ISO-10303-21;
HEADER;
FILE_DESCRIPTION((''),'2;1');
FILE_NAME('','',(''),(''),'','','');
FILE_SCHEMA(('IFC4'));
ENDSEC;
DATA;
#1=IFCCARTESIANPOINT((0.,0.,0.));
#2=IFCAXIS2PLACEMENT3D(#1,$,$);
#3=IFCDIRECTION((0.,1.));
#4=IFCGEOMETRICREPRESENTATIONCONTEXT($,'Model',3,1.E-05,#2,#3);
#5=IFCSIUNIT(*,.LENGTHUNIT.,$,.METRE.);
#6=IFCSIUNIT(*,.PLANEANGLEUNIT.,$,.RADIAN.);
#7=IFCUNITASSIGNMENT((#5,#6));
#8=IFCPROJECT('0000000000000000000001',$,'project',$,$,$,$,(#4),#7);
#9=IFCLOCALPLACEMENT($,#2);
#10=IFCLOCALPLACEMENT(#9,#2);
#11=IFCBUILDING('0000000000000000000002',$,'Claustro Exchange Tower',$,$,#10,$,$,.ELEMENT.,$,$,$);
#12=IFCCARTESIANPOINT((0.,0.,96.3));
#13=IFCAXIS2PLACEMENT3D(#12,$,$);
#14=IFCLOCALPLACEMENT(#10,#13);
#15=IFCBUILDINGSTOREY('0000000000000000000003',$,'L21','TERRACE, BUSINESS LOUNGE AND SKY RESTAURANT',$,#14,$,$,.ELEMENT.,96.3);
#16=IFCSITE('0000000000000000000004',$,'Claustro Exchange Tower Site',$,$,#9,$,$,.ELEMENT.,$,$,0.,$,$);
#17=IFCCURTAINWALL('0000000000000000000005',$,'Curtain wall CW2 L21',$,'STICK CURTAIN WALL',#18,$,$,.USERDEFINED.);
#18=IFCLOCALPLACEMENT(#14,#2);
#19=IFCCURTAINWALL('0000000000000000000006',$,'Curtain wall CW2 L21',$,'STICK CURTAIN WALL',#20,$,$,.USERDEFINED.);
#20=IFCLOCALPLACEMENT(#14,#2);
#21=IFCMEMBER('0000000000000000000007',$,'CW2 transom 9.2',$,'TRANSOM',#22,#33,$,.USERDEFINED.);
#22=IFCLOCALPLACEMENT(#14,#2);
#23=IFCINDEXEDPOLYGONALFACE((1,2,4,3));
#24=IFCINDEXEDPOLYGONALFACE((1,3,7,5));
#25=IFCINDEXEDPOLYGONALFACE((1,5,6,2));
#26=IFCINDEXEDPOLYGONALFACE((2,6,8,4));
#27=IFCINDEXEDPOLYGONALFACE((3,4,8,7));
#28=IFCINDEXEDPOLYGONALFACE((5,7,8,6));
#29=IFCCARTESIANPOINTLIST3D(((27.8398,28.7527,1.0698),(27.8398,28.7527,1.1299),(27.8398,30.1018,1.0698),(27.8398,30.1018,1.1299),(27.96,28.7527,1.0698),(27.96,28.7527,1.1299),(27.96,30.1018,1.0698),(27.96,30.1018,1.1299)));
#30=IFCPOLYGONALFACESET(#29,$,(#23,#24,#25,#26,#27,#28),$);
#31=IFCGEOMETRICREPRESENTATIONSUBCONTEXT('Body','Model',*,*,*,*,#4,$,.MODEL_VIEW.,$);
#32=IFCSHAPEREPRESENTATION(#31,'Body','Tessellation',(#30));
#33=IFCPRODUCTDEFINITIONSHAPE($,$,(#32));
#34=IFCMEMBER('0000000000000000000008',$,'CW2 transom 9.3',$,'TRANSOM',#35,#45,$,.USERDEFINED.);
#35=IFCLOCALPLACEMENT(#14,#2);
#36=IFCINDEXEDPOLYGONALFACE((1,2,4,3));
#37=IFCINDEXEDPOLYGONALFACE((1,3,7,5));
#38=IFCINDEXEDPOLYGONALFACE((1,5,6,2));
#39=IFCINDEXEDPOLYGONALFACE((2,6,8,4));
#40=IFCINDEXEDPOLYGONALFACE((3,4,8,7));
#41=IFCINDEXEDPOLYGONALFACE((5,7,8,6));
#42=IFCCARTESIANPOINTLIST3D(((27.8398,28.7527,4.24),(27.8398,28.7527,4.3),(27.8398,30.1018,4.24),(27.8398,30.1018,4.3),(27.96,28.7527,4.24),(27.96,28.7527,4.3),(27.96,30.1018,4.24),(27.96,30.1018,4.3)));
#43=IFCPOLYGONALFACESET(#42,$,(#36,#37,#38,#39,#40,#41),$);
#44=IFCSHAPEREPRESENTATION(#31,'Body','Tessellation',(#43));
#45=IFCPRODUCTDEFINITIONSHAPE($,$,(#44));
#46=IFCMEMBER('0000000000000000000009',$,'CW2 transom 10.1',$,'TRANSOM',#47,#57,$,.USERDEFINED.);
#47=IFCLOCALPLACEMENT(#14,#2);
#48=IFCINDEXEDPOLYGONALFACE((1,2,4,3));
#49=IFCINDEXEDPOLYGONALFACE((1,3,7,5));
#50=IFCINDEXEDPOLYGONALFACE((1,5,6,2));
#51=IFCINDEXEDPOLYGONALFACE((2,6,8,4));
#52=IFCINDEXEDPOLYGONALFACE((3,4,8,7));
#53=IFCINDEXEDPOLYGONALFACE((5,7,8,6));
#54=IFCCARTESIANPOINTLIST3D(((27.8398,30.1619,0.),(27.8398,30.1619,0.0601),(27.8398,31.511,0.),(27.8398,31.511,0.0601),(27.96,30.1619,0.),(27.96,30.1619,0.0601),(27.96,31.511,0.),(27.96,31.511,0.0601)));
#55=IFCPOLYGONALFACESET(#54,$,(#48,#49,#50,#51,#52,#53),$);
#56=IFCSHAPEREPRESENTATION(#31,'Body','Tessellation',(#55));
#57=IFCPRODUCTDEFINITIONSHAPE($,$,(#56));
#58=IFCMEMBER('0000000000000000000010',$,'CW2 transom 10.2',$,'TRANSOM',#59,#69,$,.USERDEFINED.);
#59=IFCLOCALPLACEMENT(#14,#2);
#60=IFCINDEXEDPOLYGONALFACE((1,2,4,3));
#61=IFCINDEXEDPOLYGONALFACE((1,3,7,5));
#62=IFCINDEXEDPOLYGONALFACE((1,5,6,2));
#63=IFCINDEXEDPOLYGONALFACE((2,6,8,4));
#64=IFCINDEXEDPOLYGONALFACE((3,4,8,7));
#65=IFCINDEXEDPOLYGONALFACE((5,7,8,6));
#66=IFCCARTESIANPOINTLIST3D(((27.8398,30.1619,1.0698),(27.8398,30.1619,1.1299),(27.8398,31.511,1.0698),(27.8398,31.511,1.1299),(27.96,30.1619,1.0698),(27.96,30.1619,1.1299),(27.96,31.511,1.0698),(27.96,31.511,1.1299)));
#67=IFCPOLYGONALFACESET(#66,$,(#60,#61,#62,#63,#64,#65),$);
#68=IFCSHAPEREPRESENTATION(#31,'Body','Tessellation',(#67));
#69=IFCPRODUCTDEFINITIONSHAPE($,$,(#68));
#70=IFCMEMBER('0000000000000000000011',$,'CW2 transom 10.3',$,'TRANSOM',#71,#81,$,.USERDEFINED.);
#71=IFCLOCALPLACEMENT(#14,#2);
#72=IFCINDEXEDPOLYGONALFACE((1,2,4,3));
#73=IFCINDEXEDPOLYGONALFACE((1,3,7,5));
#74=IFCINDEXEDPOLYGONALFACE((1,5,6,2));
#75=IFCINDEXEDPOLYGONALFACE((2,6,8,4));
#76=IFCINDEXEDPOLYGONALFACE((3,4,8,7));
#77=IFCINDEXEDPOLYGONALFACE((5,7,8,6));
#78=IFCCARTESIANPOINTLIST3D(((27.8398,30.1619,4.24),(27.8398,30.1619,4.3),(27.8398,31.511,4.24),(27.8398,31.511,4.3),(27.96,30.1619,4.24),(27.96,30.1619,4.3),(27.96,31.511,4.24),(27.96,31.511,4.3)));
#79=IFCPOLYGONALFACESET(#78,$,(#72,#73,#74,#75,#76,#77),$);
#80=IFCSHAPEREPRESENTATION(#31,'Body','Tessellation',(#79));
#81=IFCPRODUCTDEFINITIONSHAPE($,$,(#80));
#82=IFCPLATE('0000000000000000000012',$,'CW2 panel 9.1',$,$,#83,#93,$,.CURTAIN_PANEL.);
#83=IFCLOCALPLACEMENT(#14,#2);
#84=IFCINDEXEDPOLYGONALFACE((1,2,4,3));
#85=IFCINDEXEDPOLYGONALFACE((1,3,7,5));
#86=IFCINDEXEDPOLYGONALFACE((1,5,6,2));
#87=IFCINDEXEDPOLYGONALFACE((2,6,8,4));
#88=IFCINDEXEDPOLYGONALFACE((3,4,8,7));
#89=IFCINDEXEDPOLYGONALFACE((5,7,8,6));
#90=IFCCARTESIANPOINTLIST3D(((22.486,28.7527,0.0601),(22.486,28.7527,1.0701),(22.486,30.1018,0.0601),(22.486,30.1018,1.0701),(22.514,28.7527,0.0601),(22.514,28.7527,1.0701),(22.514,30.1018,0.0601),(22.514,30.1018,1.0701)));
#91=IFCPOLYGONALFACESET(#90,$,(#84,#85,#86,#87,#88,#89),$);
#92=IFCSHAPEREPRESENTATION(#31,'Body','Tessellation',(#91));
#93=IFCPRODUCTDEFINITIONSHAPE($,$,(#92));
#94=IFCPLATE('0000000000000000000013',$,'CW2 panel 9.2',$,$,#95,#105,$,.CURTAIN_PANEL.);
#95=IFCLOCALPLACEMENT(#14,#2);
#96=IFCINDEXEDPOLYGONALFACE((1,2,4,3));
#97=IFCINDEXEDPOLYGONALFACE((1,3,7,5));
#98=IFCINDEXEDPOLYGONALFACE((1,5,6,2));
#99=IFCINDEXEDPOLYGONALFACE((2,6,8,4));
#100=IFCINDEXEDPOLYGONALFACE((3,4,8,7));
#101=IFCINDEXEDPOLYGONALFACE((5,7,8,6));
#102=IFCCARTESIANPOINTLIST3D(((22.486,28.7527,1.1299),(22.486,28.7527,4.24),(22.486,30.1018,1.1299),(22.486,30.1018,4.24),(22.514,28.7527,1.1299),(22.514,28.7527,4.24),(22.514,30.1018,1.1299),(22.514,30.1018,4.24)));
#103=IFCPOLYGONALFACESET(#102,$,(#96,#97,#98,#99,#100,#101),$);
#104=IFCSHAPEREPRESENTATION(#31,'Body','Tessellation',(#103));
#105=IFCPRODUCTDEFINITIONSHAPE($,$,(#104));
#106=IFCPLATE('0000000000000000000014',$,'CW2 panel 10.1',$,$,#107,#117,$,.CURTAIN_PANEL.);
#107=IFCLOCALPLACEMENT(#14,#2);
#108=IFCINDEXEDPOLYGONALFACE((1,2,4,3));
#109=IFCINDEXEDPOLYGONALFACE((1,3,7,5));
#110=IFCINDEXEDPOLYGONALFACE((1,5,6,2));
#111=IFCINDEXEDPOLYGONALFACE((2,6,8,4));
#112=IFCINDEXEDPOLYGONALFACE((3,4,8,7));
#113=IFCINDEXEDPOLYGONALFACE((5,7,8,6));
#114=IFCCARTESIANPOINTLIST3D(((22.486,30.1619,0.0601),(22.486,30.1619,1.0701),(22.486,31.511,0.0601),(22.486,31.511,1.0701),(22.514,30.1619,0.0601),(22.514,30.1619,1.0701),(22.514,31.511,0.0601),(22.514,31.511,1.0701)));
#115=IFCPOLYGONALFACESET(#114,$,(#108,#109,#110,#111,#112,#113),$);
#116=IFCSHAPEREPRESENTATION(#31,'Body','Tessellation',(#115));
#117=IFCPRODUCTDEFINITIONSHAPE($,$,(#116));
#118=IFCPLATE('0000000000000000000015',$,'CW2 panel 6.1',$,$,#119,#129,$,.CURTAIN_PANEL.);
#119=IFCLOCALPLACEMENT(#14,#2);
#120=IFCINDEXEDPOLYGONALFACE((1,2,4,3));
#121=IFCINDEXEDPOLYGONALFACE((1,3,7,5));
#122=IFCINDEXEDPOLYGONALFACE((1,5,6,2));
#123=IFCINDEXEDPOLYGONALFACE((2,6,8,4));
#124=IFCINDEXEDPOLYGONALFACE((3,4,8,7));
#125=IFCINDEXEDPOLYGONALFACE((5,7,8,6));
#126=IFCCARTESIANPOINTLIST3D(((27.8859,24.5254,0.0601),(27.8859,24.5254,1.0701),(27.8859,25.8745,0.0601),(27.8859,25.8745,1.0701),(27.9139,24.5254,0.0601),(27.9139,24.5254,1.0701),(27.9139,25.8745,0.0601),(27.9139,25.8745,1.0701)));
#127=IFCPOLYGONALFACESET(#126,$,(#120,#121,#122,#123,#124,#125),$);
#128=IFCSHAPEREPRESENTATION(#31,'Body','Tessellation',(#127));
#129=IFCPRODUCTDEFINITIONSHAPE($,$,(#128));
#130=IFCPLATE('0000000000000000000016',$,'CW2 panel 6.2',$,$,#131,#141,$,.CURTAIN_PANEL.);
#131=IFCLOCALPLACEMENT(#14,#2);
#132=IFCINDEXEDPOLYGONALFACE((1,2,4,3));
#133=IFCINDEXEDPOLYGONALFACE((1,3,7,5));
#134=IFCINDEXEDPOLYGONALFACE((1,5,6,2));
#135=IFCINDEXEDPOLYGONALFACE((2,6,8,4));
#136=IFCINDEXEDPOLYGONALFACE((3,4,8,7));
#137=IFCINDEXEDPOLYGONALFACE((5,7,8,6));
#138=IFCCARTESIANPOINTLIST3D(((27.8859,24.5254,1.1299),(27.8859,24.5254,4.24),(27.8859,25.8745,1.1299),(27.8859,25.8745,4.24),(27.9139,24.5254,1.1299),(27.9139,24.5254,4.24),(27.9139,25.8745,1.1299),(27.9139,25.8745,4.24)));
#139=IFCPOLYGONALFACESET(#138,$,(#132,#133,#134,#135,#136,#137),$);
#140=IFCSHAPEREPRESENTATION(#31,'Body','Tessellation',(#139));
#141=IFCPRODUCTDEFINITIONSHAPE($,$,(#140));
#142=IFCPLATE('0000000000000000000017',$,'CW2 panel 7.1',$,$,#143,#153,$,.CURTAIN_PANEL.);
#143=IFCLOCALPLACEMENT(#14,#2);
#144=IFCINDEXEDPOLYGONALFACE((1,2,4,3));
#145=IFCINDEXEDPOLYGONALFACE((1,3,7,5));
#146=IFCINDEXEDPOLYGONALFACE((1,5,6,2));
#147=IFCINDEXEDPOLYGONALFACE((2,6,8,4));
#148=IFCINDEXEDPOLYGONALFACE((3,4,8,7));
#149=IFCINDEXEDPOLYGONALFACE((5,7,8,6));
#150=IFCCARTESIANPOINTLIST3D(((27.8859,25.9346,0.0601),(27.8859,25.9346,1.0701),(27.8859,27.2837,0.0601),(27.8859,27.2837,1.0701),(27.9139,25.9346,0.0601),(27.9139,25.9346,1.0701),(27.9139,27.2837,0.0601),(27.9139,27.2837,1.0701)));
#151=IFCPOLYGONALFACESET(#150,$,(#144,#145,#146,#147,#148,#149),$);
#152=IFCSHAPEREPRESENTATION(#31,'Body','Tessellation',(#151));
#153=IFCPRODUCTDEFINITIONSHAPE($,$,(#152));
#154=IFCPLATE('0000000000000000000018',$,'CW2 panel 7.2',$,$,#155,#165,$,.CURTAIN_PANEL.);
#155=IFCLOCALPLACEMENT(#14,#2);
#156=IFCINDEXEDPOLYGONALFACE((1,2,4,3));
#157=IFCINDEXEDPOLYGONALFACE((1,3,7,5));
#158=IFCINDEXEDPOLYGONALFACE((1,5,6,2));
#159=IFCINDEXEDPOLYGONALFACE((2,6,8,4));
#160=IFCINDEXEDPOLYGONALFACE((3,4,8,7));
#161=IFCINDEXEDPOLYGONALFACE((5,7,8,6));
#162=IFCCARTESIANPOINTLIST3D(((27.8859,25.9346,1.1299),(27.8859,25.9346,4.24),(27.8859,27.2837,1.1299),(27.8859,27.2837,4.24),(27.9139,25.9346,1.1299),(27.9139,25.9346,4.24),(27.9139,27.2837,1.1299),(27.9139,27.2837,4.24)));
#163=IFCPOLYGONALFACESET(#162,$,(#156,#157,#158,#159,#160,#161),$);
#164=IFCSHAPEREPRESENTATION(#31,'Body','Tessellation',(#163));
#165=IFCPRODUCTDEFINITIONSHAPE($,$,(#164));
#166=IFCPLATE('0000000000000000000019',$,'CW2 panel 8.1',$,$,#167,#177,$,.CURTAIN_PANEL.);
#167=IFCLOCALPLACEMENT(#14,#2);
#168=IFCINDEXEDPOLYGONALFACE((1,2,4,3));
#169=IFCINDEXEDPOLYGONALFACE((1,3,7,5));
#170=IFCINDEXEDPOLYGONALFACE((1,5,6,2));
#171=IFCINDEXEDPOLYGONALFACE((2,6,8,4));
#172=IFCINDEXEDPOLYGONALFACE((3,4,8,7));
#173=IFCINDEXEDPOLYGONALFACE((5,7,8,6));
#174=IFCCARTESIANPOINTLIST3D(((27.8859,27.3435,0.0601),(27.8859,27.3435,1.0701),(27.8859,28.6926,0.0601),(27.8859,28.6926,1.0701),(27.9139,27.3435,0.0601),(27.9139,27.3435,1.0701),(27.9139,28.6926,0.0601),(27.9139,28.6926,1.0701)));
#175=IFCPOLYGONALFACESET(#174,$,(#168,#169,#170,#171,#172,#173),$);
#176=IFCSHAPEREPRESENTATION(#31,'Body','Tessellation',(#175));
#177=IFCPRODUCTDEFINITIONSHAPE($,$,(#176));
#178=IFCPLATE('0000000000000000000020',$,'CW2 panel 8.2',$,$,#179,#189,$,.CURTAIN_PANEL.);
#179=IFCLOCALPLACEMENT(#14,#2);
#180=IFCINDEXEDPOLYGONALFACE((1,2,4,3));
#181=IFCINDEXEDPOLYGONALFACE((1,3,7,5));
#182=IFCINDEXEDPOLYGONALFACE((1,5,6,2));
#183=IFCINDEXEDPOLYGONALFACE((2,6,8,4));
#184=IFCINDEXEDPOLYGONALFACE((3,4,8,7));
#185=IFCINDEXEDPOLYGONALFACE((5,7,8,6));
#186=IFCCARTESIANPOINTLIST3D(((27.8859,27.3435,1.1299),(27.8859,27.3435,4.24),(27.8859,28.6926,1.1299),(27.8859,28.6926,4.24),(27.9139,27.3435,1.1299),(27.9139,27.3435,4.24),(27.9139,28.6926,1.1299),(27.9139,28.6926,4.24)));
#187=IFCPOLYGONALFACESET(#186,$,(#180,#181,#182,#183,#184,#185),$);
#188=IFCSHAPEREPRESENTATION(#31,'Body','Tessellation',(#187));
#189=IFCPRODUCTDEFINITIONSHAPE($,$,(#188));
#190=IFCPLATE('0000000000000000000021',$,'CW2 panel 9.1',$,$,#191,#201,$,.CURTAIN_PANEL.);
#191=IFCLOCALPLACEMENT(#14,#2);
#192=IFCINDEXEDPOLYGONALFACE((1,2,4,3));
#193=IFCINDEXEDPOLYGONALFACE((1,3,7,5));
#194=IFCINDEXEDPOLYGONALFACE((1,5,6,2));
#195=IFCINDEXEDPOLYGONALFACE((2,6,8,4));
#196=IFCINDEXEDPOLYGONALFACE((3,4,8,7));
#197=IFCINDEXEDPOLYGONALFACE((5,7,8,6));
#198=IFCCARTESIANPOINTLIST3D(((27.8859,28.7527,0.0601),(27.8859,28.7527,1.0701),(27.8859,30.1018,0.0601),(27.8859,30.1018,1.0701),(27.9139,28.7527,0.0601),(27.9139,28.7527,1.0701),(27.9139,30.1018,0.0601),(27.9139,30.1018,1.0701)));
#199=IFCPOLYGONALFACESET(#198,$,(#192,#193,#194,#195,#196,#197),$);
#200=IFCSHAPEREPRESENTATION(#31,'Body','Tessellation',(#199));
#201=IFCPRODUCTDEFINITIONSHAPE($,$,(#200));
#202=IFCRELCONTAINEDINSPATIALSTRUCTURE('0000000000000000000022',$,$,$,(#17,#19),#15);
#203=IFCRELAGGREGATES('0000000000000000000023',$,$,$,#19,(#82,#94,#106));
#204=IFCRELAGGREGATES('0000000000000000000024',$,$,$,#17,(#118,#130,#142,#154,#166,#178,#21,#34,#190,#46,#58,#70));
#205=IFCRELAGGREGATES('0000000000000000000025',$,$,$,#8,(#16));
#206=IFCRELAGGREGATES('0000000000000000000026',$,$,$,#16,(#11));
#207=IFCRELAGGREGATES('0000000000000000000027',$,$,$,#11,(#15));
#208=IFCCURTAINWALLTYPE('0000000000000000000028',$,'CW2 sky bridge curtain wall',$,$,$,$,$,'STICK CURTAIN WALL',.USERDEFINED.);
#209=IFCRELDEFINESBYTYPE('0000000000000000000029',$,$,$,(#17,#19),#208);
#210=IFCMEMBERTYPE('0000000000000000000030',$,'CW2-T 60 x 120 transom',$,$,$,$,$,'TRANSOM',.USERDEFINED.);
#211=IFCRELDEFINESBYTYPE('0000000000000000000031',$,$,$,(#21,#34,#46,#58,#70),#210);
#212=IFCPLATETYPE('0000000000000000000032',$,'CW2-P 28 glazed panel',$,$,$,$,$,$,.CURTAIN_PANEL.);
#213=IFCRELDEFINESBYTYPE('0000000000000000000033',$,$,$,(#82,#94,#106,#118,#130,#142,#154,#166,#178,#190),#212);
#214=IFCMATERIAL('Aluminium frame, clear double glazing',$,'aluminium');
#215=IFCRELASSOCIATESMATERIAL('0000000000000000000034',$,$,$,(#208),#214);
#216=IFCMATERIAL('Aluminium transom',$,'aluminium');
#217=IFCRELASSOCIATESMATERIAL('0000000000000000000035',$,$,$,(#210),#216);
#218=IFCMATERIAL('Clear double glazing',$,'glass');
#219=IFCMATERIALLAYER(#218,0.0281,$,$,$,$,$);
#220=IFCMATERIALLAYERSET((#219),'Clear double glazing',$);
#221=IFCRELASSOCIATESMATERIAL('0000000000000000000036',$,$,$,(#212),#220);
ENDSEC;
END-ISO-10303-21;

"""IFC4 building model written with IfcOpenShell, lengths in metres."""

from ifc_helpers import new_model, si_unit, direction, frame, origin, origin_2d, place, context, subcontext, project, spatial, rectangle, extrude, material, layer, layer_set, material_profile, profile_set, type_object, element, aggregate, save


model = new_model("IFC4")

# Units and contexts
model_context = context("Model", 3, precision=1e-05, world=origin(), true_north=direction((0.0, 1.0)))
body_context = subcontext(model_context, "Body", "Model", "MODEL_VIEW")
ifc_project = project(units=[si_unit("LENGTHUNIT", "METRE"), si_unit("PLANEANGLEUNIT", "RADIAN")], contexts=[model_context])

# Site, building, storey
site_placement = place(None, origin())
site = spatial("IfcSite", under=ifc_project, at=site_placement, Name="Claustro Exchange Tower Site", CompositionType="ELEMENT", RefElevation=0.0)
building_placement = place(site_placement, origin())
building = spatial("IfcBuilding", under=site, at=building_placement, Name="Claustro Exchange Tower", CompositionType="ELEMENT")
storey_placement = place(building_placement, frame((0.0, 0.0, 96.3)))
storey = spatial("IfcBuildingStorey", under=building, at=storey_placement, Name="L21", Description="TERRACE, BUSINESS LOUNGE AND SKY RESTAURANT", CompositionType="ELEMENT", Elevation=96.3)

# Curtain walls
ifc_material_1 = material(Name="Aluminium frame, clear double glazing", Category="aluminium")
curtain_wall_type = type_object("IfcCurtainWallType", Name="CW2 sky bridge curtain wall", ElementType="STICK CURTAIN WALL", PredefinedType="USERDEFINED", material=ifc_material_1)
curtain_wall_1_placement = place(storey_placement, origin())
curtain_wall_1 = element("IfcCurtainWall", 1, at=curtain_wall_1_placement, inside=storey, type_object=curtain_wall_type, Name="Curtain wall CW2 L21", ObjectType="STICK CURTAIN WALL", PredefinedType="USERDEFINED")
curtain_wall_2_placement = place(storey_placement, origin())
curtain_wall_2 = element("IfcCurtainWall", 2, at=curtain_wall_2_placement, inside=storey, type_object=curtain_wall_type, Name="Curtain wall CW2 L21", ObjectType="STICK CURTAIN WALL", PredefinedType="USERDEFINED")
ifc_material_2 = material(Name="Aluminium transom", Category="aluminium")
ifc_material_profile_1 = material_profile(ifc_material_2, rectangle(XDim=0.1201, YDim=0.0601, at=origin_2d()), Name="CW2-T 60x120")
ifc_profile_set_1 = profile_set([ifc_material_profile_1], Name="Aluminium transom")
member_type_1 = type_object("IfcMemberType", Name="CW2-T 60 x 120 transom", ElementType="TRANSOM", PredefinedType="USERDEFINED", material=ifc_profile_set_1)

# Members
member_1_placement = place(storey_placement, frame((27.8999, 28.7527, 1.0999), z_axis=(0.0, 1.0, 0.0), x_axis=(-1.0, 0.0, 0.0)))
member_1 = element("IfcMember", 3, at=member_1_placement, type_object=member_type_1, Name="CW2 transom 9.2", ObjectType="TRANSOM", PredefinedType="USERDEFINED", context=body_context, shape_type="SweptSolid", body=[
    extrude(rectangle(XDim=0.1201, YDim=0.0601, at=origin_2d()), origin(), (0.0, 0.0, 1.0), 1.3491),
])
member_2_placement = place(storey_placement, frame((27.8999, 28.7527, 4.27), z_axis=(0.0, 1.0, 0.0), x_axis=(-1.0, 0.0, 0.0)))
member_2 = element("IfcMember", 4, at=member_2_placement, type_object=member_type_1, Name="CW2 transom 9.3", ObjectType="TRANSOM", PredefinedType="USERDEFINED", context=body_context, shape_type="SweptSolid", body=[
    extrude(rectangle(XDim=0.1201, YDim=0.0601, at=origin_2d()), origin(), (0.0, 0.0, 1.0), 1.3491),
])
member_3_placement = place(storey_placement, frame((27.8999, 30.1619, 0.03), z_axis=(0.0, 1.0, 0.0), x_axis=(-1.0, 0.0, 0.0)))
member_3 = element("IfcMember", 5, at=member_3_placement, type_object=member_type_1, Name="CW2 transom 10.1", ObjectType="TRANSOM", PredefinedType="USERDEFINED", context=body_context, shape_type="SweptSolid", body=[
    extrude(rectangle(XDim=0.1201, YDim=0.0601, at=origin_2d()), origin(), (0.0, 0.0, 1.0), 1.3491),
])
member_4_placement = place(storey_placement, frame((27.8999, 30.1619, 1.0999), z_axis=(0.0, 1.0, 0.0), x_axis=(-1.0, 0.0, 0.0)))
member_4 = element("IfcMember", 6, at=member_4_placement, type_object=member_type_1, Name="CW2 transom 10.2", ObjectType="TRANSOM", PredefinedType="USERDEFINED", context=body_context, shape_type="SweptSolid", body=[
    extrude(rectangle(XDim=0.1201, YDim=0.0601, at=origin_2d()), origin(), (0.0, 0.0, 1.0), 1.3491),
])
member_5_placement = place(storey_placement, frame((27.8999, 30.1619, 4.27), z_axis=(0.0, 1.0, 0.0), x_axis=(-1.0, 0.0, 0.0)))
member_5 = element("IfcMember", 7, at=member_5_placement, type_object=member_type_1, Name="CW2 transom 10.3", ObjectType="TRANSOM", PredefinedType="USERDEFINED", context=body_context, shape_type="SweptSolid", body=[
    extrude(rectangle(XDim=0.1201, YDim=0.0601, at=origin_2d()), origin(), (0.0, 0.0, 1.0), 1.3491),
])

# Plates
ifc_material_3 = material(Name="Clear double glazing", Category="glass")
ifc_layer = layer(ifc_material_3, 0.0281)
ifc_layer_set = layer_set([ifc_layer], Name="Clear double glazing")
plate_type = type_object("IfcPlateType", Name="CW2-P 28 glazed panel", PredefinedType="CURTAIN_PANEL", material=ifc_layer_set)
plate_1_placement = place(storey_placement, frame((22.5, 29.4272, 0.0601), z_axis=(0.0, 0.0, 1.0), x_axis=(0.0, 1.0, 0.0)))
plate_1 = element("IfcPlate", 8, at=plate_1_placement, type_object=plate_type, Name="CW2 panel 9.1", PredefinedType="CURTAIN_PANEL", context=body_context, shape_type="SweptSolid", body=[
    extrude(rectangle(XDim=1.3491, YDim=0.0281, at=origin_2d()), origin(), (0.0, 0.0, 1.0), 1.01),
])
plate_2_placement = place(storey_placement, frame((22.5, 29.4272, 1.1299), z_axis=(0.0, 0.0, 1.0), x_axis=(0.0, 1.0, 0.0)))
plate_2 = element("IfcPlate", 9, at=plate_2_placement, type_object=plate_type, Name="CW2 panel 9.2", PredefinedType="CURTAIN_PANEL", context=body_context, shape_type="SweptSolid", body=[
    extrude(rectangle(XDim=1.3491, YDim=0.0281, at=origin_2d()), origin(), (0.0, 0.0, 1.0), 3.1101),
])
plate_3_placement = place(storey_placement, frame((22.5, 30.8364, 0.0601), z_axis=(0.0, 0.0, 1.0), x_axis=(0.0, 1.0, 0.0)))
plate_3 = element("IfcPlate", 10, at=plate_3_placement, type_object=plate_type, Name="CW2 panel 10.1", PredefinedType="CURTAIN_PANEL", context=body_context, shape_type="SweptSolid", body=[
    extrude(rectangle(XDim=1.3491, YDim=0.0281, at=origin_2d()), origin(), (0.0, 0.0, 1.0), 1.01),
])
aggregate(curtain_wall_2, [plate_1, plate_2, plate_3])
plate_4_placement = place(storey_placement, frame((27.8999, 25.2, 0.0601), z_axis=(0.0, 0.0, 1.0), x_axis=(0.0, 1.0, 0.0)))
plate_4 = element("IfcPlate", 11, at=plate_4_placement, type_object=plate_type, Name="CW2 panel 6.1", PredefinedType="CURTAIN_PANEL", context=body_context, shape_type="SweptSolid", body=[
    extrude(rectangle(XDim=1.3491, YDim=0.0281, at=origin_2d()), origin(), (0.0, 0.0, 1.0), 1.01),
])
plate_5_placement = place(storey_placement, frame((27.8999, 25.2, 1.1299), z_axis=(0.0, 0.0, 1.0), x_axis=(0.0, 1.0, 0.0)))
plate_5 = element("IfcPlate", 12, at=plate_5_placement, type_object=plate_type, Name="CW2 panel 6.2", PredefinedType="CURTAIN_PANEL", context=body_context, shape_type="SweptSolid", body=[
    extrude(rectangle(XDim=1.3491, YDim=0.0281, at=origin_2d()), origin(), (0.0, 0.0, 1.0), 3.1101),
])
plate_6_placement = place(storey_placement, frame((27.8999, 26.6091, 0.0601), z_axis=(0.0, 0.0, 1.0), x_axis=(0.0, 1.0, 0.0)))
plate_6 = element("IfcPlate", 13, at=plate_6_placement, type_object=plate_type, Name="CW2 panel 7.1", PredefinedType="CURTAIN_PANEL", context=body_context, shape_type="SweptSolid", body=[
    extrude(rectangle(XDim=1.3491, YDim=0.0281, at=origin_2d()), origin(), (0.0, 0.0, 1.0), 1.01),
])
plate_7_placement = place(storey_placement, frame((27.8999, 26.6091, 1.1299), z_axis=(0.0, 0.0, 1.0), x_axis=(0.0, 1.0, 0.0)))
plate_7 = element("IfcPlate", 14, at=plate_7_placement, type_object=plate_type, Name="CW2 panel 7.2", PredefinedType="CURTAIN_PANEL", context=body_context, shape_type="SweptSolid", body=[
    extrude(rectangle(XDim=1.3491, YDim=0.0281, at=origin_2d()), origin(), (0.0, 0.0, 1.0), 3.1101),
])
plate_8_placement = place(storey_placement, frame((27.8999, 28.0181, 0.0601), z_axis=(0.0, 0.0, 1.0), x_axis=(0.0, 1.0, 0.0)))
plate_8 = element("IfcPlate", 15, at=plate_8_placement, type_object=plate_type, Name="CW2 panel 8.1", PredefinedType="CURTAIN_PANEL", context=body_context, shape_type="SweptSolid", body=[
    extrude(rectangle(XDim=1.3491, YDim=0.0281, at=origin_2d()), origin(), (0.0, 0.0, 1.0), 1.01),
])
plate_9_placement = place(storey_placement, frame((27.8999, 28.0181, 1.1299), z_axis=(0.0, 0.0, 1.0), x_axis=(0.0, 1.0, 0.0)))
plate_9 = element("IfcPlate", 16, at=plate_9_placement, type_object=plate_type, Name="CW2 panel 8.2", PredefinedType="CURTAIN_PANEL", context=body_context, shape_type="SweptSolid", body=[
    extrude(rectangle(XDim=1.3491, YDim=0.0281, at=origin_2d()), origin(), (0.0, 0.0, 1.0), 3.1101),
])
plate_10_placement = place(storey_placement, frame((27.8999, 29.4272, 0.0601), z_axis=(0.0, 0.0, 1.0), x_axis=(0.0, 1.0, 0.0)))
plate_10 = element("IfcPlate", 17, at=plate_10_placement, type_object=plate_type, Name="CW2 panel 9.1", PredefinedType="CURTAIN_PANEL", context=body_context, shape_type="SweptSolid", body=[
    extrude(rectangle(XDim=1.3491, YDim=0.0281, at=origin_2d()), origin(), (0.0, 0.0, 1.0), 1.01),
])
aggregate(curtain_wall_1, [plate_4, plate_5, plate_6, plate_7, plate_8, plate_9, member_1, member_2, plate_10, member_3, member_4, member_5])

save(model, "model.ifc")
